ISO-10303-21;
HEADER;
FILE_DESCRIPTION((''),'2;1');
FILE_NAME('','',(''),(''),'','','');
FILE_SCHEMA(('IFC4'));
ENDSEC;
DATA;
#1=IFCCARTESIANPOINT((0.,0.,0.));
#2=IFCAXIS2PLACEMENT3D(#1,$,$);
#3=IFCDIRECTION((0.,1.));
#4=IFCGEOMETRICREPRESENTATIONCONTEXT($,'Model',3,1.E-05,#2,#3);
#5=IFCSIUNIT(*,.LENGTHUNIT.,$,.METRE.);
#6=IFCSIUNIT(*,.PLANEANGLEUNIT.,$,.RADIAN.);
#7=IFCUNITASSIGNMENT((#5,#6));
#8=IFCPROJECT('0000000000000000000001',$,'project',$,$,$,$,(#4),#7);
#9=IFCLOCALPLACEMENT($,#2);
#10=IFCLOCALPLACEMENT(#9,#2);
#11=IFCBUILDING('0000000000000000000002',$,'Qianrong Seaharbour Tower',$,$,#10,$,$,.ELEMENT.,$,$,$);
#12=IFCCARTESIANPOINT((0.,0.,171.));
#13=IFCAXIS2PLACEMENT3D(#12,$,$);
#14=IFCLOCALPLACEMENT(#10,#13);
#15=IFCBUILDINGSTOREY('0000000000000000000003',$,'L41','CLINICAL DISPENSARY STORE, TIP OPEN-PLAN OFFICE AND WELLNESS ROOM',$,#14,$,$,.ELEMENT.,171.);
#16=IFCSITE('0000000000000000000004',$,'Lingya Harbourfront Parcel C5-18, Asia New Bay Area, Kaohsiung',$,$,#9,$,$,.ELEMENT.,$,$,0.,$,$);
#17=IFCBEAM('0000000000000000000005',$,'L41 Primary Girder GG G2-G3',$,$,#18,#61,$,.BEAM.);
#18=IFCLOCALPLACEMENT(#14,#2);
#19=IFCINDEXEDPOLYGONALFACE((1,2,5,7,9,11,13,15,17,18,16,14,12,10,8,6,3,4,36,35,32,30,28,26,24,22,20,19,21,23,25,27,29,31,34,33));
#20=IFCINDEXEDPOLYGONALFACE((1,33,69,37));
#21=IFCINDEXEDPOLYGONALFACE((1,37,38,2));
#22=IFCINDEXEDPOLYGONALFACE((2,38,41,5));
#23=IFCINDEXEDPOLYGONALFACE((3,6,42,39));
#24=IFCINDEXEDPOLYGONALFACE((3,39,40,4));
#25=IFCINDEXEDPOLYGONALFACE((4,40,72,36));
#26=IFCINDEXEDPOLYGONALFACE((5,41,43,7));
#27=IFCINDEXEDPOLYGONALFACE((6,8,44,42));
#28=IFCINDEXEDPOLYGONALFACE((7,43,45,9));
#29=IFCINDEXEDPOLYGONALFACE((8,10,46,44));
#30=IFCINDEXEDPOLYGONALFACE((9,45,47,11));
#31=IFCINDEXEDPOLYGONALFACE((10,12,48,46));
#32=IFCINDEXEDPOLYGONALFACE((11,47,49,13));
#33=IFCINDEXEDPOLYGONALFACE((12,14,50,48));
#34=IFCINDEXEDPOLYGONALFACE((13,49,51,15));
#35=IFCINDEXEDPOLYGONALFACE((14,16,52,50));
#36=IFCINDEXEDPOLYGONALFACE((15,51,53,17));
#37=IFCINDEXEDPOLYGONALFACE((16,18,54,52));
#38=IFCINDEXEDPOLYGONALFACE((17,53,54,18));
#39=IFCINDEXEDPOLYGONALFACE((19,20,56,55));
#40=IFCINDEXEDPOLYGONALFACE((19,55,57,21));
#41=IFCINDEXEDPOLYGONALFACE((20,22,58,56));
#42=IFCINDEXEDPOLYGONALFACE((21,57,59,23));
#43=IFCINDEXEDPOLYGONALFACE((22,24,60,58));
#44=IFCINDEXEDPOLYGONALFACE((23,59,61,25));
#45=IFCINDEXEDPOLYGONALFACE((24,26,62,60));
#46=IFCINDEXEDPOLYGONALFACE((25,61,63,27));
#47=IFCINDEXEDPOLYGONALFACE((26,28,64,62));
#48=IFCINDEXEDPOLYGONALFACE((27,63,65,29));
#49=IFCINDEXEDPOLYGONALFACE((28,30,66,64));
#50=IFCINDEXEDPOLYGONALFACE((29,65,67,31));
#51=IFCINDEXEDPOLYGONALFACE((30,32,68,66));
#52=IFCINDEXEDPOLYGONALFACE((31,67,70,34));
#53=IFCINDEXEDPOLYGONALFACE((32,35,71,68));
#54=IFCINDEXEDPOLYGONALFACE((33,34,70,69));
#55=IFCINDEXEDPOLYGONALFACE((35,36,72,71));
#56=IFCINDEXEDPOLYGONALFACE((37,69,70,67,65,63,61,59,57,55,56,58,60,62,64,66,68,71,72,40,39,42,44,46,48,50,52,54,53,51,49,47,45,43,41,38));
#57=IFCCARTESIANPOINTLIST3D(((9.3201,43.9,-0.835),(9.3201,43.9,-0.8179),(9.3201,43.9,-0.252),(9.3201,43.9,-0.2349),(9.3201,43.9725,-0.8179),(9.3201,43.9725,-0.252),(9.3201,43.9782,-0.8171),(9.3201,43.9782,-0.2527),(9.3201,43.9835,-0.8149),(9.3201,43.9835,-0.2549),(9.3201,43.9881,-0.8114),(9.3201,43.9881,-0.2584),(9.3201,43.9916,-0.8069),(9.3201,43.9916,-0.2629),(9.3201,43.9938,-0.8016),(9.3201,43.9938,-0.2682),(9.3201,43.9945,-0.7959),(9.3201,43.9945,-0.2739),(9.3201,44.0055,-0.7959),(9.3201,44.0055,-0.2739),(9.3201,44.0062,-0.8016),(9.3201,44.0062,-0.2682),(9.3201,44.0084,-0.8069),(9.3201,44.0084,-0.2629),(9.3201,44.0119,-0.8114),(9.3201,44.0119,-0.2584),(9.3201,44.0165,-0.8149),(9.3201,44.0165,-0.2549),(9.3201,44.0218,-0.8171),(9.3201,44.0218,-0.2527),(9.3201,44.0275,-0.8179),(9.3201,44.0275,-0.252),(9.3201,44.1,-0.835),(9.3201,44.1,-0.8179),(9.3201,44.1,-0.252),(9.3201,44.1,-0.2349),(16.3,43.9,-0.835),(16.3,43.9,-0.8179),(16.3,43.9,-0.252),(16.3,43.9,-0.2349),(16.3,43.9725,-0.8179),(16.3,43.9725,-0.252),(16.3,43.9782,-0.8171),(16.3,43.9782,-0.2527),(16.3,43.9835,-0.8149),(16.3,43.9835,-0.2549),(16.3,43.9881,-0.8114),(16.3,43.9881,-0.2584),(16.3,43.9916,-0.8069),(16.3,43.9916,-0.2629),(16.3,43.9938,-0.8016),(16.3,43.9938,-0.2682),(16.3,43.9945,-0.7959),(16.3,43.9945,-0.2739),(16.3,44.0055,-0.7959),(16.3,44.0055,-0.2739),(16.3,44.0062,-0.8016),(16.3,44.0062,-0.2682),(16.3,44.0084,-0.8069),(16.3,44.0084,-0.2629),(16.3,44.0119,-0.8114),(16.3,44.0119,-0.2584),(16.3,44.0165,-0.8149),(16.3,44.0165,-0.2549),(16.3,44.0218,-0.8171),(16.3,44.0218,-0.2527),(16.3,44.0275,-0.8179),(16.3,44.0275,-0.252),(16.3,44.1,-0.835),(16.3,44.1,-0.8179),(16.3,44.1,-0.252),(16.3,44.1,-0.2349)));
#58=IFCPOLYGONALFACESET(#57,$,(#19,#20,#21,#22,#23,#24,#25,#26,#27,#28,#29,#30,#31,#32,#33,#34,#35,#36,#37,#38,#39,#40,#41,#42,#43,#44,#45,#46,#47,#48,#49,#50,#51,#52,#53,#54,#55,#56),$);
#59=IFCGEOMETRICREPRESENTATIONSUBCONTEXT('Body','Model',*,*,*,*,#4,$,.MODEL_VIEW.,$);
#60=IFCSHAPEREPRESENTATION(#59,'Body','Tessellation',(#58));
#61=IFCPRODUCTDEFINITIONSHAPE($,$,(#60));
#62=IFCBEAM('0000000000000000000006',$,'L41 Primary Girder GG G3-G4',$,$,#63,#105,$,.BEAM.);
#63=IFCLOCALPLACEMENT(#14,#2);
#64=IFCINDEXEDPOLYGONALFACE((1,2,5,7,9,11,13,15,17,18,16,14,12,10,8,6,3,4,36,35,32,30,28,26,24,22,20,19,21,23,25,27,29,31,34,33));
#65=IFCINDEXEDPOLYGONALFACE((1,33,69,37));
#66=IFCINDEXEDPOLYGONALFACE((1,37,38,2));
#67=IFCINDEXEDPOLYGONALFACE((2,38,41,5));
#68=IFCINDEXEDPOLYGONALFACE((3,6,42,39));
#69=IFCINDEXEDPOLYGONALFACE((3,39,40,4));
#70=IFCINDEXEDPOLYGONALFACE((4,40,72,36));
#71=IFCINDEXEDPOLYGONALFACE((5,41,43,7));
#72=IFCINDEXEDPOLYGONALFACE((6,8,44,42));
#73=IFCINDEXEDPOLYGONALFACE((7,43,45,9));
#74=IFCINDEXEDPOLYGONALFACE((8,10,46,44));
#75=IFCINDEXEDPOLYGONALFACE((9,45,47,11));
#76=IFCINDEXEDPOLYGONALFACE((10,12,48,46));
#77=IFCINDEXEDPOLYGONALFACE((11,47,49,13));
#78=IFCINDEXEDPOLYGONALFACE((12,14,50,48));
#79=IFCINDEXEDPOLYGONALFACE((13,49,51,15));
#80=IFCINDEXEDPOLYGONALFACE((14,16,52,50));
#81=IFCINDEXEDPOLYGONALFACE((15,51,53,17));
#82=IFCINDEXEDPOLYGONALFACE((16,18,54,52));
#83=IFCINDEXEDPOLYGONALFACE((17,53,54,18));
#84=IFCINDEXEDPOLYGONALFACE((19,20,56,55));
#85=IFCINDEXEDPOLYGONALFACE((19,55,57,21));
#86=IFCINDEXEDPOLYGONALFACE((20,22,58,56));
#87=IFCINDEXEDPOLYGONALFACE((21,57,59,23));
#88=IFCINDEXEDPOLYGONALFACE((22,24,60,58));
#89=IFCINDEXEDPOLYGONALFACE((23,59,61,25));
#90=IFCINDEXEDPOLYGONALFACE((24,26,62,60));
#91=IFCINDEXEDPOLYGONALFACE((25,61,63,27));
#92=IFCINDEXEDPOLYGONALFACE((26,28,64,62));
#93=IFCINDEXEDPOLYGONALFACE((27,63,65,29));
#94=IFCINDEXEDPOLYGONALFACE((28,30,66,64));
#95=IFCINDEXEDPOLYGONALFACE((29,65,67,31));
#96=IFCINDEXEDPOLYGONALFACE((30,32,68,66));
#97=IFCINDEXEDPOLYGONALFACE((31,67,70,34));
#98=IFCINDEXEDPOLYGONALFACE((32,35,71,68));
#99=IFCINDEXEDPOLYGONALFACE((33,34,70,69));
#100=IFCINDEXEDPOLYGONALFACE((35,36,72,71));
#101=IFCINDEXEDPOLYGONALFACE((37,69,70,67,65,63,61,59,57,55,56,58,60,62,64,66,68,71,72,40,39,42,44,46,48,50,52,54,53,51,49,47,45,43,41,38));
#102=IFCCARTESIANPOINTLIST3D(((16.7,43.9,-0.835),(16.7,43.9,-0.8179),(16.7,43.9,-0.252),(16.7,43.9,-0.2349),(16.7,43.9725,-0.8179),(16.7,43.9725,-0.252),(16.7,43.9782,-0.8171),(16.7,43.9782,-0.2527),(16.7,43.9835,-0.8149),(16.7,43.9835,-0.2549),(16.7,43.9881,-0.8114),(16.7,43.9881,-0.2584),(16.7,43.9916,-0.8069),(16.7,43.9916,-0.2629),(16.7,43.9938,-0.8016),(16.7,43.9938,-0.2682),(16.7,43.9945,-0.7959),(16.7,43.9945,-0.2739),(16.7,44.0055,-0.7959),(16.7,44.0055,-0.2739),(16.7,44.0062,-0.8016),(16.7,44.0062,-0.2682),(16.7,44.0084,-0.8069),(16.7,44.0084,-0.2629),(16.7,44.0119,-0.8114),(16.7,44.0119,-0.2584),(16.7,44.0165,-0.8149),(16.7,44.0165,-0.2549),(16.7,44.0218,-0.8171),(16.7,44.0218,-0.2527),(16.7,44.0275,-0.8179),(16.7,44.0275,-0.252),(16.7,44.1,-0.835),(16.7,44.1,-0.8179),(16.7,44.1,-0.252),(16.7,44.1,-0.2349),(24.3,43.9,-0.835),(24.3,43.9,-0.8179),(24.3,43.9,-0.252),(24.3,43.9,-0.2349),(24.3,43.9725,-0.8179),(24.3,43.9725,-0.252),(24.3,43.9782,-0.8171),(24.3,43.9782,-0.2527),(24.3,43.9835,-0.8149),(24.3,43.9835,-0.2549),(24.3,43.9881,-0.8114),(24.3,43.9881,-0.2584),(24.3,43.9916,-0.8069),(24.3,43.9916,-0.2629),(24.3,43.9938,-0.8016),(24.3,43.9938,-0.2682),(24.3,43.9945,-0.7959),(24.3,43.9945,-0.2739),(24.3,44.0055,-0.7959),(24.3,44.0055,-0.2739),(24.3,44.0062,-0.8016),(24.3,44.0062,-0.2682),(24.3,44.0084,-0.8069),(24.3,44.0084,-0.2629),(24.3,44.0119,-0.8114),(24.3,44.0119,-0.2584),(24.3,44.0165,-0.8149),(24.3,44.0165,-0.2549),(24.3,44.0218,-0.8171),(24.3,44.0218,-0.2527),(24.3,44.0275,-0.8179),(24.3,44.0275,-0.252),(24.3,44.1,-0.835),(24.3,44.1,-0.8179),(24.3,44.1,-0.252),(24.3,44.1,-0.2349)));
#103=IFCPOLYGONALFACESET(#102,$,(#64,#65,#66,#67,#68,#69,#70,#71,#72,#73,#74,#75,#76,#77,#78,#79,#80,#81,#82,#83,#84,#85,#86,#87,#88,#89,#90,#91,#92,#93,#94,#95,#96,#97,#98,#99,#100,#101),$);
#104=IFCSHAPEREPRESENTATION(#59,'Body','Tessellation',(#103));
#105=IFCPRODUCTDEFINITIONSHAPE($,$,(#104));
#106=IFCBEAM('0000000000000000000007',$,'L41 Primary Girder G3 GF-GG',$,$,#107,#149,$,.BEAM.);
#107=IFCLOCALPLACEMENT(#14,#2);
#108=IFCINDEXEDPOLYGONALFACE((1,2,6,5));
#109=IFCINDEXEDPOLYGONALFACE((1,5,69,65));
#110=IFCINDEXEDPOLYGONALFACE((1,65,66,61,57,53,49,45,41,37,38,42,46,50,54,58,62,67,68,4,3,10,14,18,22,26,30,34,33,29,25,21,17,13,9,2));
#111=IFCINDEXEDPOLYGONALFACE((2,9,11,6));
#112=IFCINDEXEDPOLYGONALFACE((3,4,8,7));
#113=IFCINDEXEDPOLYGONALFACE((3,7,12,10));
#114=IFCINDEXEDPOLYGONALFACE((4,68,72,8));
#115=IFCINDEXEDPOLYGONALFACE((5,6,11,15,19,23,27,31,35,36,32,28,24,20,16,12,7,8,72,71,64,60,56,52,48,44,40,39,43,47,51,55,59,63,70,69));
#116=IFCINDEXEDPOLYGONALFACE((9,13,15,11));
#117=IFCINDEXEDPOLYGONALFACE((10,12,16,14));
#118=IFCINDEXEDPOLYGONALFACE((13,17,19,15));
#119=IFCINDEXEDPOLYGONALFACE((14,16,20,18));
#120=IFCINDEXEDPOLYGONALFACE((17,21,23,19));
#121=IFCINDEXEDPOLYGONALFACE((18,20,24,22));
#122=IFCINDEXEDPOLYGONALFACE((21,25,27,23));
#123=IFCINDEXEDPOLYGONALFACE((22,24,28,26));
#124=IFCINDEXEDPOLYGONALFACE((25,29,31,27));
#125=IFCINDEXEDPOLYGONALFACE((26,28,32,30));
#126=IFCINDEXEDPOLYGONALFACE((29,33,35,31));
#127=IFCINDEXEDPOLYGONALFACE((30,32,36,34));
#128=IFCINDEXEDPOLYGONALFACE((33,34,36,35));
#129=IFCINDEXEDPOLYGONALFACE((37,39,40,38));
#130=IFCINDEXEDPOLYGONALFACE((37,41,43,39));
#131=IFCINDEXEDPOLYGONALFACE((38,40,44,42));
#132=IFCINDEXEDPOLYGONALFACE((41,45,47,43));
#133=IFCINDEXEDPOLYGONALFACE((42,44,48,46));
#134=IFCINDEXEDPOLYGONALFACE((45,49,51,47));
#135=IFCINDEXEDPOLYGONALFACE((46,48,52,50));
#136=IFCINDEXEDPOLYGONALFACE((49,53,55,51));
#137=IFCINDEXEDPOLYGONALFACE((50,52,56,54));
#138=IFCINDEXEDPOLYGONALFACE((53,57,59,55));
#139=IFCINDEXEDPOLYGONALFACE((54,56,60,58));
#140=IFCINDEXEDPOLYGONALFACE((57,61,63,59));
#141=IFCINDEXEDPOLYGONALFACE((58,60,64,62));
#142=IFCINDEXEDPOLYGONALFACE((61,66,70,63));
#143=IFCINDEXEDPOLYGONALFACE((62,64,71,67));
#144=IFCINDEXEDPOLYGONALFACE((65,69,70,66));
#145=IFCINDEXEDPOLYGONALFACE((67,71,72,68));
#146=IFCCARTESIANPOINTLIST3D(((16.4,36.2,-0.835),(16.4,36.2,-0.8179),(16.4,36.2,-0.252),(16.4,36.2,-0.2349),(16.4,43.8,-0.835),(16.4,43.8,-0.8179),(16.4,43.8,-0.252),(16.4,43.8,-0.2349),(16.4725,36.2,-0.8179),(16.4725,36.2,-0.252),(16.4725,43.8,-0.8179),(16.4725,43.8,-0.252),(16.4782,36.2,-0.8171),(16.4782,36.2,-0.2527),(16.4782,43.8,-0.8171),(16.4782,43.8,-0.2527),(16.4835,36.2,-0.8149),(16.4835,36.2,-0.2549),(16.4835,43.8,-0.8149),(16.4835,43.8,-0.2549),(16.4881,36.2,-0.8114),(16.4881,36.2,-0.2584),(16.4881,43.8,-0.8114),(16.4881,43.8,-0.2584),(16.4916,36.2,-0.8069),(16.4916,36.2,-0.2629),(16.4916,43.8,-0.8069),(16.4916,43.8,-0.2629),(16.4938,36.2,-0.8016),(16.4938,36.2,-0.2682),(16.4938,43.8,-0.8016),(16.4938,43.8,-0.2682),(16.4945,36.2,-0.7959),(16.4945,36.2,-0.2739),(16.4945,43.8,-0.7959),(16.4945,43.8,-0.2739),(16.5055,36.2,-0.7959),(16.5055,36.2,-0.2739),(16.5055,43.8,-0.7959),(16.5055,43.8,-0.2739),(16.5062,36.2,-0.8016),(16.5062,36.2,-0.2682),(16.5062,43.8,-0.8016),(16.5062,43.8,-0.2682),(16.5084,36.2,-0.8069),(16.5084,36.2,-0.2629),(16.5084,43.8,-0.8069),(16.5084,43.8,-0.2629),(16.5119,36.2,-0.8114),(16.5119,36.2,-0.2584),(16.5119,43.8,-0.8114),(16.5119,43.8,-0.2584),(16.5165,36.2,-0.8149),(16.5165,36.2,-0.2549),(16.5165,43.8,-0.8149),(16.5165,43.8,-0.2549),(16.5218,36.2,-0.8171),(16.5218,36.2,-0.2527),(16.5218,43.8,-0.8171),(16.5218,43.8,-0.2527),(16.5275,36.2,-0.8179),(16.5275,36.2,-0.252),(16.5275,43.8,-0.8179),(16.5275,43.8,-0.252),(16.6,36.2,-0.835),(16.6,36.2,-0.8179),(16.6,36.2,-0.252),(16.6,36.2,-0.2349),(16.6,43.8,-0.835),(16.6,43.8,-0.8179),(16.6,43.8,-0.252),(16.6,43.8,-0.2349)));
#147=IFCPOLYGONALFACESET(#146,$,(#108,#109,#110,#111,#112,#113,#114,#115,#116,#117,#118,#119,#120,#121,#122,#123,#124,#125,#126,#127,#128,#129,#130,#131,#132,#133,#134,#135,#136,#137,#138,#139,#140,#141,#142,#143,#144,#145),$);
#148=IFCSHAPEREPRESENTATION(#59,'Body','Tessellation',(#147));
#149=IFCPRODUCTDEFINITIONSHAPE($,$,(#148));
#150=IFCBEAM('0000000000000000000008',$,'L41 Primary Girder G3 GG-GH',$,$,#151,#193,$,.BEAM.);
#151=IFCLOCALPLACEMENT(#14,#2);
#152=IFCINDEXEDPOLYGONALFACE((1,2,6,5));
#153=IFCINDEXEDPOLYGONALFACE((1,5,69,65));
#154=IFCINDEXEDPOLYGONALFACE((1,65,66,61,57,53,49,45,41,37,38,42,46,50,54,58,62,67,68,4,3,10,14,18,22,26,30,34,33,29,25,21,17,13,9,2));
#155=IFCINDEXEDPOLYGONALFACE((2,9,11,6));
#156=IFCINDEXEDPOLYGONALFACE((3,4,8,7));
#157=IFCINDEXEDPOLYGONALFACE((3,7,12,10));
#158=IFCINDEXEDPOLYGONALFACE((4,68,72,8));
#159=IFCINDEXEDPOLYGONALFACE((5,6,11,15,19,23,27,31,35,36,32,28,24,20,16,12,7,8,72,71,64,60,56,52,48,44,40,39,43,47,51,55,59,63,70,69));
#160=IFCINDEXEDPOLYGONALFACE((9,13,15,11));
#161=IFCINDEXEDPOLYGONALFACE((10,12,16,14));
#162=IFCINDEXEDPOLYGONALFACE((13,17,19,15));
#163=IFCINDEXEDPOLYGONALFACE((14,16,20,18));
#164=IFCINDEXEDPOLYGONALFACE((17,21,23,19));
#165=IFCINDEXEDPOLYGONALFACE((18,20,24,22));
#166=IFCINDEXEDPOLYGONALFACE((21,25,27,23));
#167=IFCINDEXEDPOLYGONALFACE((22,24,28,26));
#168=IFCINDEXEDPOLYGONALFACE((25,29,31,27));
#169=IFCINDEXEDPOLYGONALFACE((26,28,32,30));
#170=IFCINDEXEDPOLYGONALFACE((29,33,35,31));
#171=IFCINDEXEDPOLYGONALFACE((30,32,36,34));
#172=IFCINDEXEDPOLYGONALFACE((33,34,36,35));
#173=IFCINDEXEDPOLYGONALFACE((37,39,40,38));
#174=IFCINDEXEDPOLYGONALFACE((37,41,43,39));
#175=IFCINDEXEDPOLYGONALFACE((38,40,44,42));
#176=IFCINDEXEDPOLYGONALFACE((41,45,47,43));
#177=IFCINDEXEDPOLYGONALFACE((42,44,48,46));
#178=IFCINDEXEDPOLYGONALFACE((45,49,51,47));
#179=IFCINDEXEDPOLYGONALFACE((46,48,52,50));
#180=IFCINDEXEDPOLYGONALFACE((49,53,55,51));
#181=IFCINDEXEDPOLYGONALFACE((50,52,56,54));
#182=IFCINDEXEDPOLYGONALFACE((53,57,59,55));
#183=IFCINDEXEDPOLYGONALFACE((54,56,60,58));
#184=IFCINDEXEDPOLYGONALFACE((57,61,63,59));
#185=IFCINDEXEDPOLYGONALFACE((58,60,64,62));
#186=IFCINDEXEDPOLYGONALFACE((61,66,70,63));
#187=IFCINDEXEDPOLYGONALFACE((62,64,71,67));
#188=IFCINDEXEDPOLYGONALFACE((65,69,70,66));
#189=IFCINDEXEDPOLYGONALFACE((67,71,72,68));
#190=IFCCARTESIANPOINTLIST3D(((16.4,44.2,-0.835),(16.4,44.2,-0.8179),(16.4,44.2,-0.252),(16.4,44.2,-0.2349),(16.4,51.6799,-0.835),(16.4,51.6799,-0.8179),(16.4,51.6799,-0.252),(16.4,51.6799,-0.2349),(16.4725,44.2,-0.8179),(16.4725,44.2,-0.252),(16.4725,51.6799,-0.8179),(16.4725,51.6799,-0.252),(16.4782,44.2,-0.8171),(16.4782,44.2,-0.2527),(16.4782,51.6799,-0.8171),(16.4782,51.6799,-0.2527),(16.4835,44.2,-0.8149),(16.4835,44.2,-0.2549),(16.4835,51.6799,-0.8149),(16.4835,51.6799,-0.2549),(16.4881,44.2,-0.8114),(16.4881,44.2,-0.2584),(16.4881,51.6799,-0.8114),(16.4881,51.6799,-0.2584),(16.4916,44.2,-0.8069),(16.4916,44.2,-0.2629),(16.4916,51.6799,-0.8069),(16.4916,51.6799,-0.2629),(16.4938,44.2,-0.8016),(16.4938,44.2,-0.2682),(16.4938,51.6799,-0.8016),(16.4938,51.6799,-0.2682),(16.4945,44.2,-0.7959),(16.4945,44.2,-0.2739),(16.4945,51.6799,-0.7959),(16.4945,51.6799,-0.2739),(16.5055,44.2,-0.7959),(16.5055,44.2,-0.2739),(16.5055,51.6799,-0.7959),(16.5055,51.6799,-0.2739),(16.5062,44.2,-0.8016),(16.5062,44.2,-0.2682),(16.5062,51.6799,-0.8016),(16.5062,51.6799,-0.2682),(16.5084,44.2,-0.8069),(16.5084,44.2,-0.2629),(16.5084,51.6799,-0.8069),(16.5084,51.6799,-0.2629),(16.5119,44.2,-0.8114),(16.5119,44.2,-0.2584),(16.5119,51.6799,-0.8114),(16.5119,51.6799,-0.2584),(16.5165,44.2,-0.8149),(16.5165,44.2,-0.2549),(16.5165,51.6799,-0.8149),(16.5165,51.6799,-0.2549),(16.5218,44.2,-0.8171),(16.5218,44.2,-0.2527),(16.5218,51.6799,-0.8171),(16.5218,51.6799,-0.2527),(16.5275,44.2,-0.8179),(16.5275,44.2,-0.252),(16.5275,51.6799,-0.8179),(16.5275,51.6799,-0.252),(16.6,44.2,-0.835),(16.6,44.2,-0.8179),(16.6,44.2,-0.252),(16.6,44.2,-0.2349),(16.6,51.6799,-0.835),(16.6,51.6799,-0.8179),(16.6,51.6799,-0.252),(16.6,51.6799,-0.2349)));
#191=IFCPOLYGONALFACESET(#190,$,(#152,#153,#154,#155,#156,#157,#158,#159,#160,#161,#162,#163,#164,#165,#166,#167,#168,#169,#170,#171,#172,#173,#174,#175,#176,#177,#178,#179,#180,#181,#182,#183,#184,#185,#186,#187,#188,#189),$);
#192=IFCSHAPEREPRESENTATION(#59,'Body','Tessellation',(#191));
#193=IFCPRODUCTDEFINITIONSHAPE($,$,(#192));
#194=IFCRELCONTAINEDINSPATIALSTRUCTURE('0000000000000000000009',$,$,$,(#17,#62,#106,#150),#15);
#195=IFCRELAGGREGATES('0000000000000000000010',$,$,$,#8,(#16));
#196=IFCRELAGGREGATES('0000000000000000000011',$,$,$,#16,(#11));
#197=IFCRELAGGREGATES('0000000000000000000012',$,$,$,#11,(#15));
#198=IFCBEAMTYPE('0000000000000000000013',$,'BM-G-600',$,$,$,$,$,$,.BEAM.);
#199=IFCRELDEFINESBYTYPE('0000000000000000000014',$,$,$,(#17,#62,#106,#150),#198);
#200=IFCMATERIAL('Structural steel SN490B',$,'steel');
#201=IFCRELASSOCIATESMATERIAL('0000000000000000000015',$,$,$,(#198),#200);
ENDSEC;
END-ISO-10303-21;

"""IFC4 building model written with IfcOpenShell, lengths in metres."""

from ifc_helpers import new_model, si_unit, direction, frame, origin, origin_2d, place, context, subcontext, project, spatial, i_section, extrude, material, material_profile, profile_set, type_object, element, save


model = new_model("IFC4")

# Units and contexts
model_context = context("Model", 3, precision=1e-05, world=origin(), true_north=direction((0.0, 1.0)))
body_context = subcontext(model_context, "Body", "Model", "MODEL_VIEW")
ifc_project = project(units=[si_unit("LENGTHUNIT", "METRE"), si_unit("PLANEANGLEUNIT", "RADIAN")], contexts=[model_context])

# Site, building, storey
site_placement = place(None, origin())
site = spatial("IfcSite", under=ifc_project, at=site_placement, Name="Lingya Harbourfront Parcel C5-18, Asia New Bay Area, Kaohsiung", CompositionType="ELEMENT", RefElevation=0.0)
building_placement = place(site_placement, origin())
building = spatial("IfcBuilding", under=site, at=building_placement, Name="Qianrong Seaharbour Tower", CompositionType="ELEMENT")
storey_placement = place(building_placement, frame((0.0, 0.0, 171.0)))
storey = spatial("IfcBuildingStorey", under=building, at=storey_placement, Name="L41", Description="CLINICAL DISPENSARY STORE, TIP OPEN-PLAN OFFICE AND WELLNESS ROOM", CompositionType="ELEMENT", Elevation=171.0)

# Shared definitions
ifc_material_1 = material(Name="Structural steel SN490B", Category="steel")

# Beams
ifc_material_profile_1 = material_profile(ifc_material_1, i_section(OverallWidth=0.2, OverallDepth=0.6001, WebThickness=0.011, FlangeThickness=0.0171, FilletRadius=0.022, at=origin_2d()), Name="H600x200x11x17")
ifc_profile_set_1 = profile_set([ifc_material_profile_1], Name="Structural steel SN490B")
beam_type_1 = type_object("IfcBeamType", Name="BM-G-600", PredefinedType="BEAM", material=ifc_profile_set_1)
beam_1_placement = place(storey_placement, frame((9.3201, 44.0, -0.5349), z_axis=(1.0, 0.0, 0.0), x_axis=(0.0, 1.0, 0.0)))
element("IfcBeam", 1, at=beam_1_placement, inside=storey, type_object=beam_type_1, Name="L41 Primary Girder GG G2-G3", PredefinedType="BEAM", context=body_context, shape_type="SweptSolid", body=[
    extrude(i_section(OverallWidth=0.2, OverallDepth=0.6001, WebThickness=0.011, FlangeThickness=0.0171, FilletRadius=0.022, at=origin_2d()), origin(), (0.0, 0.0, 1.0), 6.98),
])
for number, where, z_axis, x_axis, name in (
    (2, (16.7, 44.0, -0.5349), (1.0, 0.0, 0.0), (0.0, 1.0, 0.0), "L41 Primary Girder GG G3-G4"),
    (3, (16.5, 36.2, -0.5349), (0.0, 1.0, 0.0), (-1.0, 0.0, 0.0), "L41 Primary Girder G3 GF-GG"),
):
    element("IfcBeam", number, at=place(storey_placement, frame(where, z_axis=z_axis, x_axis=x_axis)), inside=storey, type_object=beam_type_1, Name=name, PredefinedType="BEAM", context=body_context, shape_type="SweptSolid", body=[
        extrude(i_section(OverallWidth=0.2, OverallDepth=0.6001, WebThickness=0.011, FlangeThickness=0.0171, FilletRadius=0.022, at=origin_2d()), origin(), (0.0, 0.0, 1.0), 7.6001),
    ])
beam_2_placement = place(storey_placement, frame((16.5, 44.2, -0.5349), z_axis=(0.0, 1.0, 0.0), x_axis=(-1.0, 0.0, 0.0)))
element("IfcBeam", 4, at=beam_2_placement, inside=storey, type_object=beam_type_1, Name="L41 Primary Girder G3 GG-GH", PredefinedType="BEAM", context=body_context, shape_type="SweptSolid", body=[
    extrude(i_section(OverallWidth=0.2, OverallDepth=0.6001, WebThickness=0.011, FlangeThickness=0.0171, FilletRadius=0.022, at=origin_2d()), origin(), (0.0, 0.0, 1.0), 7.48),
])

save(model, "model.ifc")
